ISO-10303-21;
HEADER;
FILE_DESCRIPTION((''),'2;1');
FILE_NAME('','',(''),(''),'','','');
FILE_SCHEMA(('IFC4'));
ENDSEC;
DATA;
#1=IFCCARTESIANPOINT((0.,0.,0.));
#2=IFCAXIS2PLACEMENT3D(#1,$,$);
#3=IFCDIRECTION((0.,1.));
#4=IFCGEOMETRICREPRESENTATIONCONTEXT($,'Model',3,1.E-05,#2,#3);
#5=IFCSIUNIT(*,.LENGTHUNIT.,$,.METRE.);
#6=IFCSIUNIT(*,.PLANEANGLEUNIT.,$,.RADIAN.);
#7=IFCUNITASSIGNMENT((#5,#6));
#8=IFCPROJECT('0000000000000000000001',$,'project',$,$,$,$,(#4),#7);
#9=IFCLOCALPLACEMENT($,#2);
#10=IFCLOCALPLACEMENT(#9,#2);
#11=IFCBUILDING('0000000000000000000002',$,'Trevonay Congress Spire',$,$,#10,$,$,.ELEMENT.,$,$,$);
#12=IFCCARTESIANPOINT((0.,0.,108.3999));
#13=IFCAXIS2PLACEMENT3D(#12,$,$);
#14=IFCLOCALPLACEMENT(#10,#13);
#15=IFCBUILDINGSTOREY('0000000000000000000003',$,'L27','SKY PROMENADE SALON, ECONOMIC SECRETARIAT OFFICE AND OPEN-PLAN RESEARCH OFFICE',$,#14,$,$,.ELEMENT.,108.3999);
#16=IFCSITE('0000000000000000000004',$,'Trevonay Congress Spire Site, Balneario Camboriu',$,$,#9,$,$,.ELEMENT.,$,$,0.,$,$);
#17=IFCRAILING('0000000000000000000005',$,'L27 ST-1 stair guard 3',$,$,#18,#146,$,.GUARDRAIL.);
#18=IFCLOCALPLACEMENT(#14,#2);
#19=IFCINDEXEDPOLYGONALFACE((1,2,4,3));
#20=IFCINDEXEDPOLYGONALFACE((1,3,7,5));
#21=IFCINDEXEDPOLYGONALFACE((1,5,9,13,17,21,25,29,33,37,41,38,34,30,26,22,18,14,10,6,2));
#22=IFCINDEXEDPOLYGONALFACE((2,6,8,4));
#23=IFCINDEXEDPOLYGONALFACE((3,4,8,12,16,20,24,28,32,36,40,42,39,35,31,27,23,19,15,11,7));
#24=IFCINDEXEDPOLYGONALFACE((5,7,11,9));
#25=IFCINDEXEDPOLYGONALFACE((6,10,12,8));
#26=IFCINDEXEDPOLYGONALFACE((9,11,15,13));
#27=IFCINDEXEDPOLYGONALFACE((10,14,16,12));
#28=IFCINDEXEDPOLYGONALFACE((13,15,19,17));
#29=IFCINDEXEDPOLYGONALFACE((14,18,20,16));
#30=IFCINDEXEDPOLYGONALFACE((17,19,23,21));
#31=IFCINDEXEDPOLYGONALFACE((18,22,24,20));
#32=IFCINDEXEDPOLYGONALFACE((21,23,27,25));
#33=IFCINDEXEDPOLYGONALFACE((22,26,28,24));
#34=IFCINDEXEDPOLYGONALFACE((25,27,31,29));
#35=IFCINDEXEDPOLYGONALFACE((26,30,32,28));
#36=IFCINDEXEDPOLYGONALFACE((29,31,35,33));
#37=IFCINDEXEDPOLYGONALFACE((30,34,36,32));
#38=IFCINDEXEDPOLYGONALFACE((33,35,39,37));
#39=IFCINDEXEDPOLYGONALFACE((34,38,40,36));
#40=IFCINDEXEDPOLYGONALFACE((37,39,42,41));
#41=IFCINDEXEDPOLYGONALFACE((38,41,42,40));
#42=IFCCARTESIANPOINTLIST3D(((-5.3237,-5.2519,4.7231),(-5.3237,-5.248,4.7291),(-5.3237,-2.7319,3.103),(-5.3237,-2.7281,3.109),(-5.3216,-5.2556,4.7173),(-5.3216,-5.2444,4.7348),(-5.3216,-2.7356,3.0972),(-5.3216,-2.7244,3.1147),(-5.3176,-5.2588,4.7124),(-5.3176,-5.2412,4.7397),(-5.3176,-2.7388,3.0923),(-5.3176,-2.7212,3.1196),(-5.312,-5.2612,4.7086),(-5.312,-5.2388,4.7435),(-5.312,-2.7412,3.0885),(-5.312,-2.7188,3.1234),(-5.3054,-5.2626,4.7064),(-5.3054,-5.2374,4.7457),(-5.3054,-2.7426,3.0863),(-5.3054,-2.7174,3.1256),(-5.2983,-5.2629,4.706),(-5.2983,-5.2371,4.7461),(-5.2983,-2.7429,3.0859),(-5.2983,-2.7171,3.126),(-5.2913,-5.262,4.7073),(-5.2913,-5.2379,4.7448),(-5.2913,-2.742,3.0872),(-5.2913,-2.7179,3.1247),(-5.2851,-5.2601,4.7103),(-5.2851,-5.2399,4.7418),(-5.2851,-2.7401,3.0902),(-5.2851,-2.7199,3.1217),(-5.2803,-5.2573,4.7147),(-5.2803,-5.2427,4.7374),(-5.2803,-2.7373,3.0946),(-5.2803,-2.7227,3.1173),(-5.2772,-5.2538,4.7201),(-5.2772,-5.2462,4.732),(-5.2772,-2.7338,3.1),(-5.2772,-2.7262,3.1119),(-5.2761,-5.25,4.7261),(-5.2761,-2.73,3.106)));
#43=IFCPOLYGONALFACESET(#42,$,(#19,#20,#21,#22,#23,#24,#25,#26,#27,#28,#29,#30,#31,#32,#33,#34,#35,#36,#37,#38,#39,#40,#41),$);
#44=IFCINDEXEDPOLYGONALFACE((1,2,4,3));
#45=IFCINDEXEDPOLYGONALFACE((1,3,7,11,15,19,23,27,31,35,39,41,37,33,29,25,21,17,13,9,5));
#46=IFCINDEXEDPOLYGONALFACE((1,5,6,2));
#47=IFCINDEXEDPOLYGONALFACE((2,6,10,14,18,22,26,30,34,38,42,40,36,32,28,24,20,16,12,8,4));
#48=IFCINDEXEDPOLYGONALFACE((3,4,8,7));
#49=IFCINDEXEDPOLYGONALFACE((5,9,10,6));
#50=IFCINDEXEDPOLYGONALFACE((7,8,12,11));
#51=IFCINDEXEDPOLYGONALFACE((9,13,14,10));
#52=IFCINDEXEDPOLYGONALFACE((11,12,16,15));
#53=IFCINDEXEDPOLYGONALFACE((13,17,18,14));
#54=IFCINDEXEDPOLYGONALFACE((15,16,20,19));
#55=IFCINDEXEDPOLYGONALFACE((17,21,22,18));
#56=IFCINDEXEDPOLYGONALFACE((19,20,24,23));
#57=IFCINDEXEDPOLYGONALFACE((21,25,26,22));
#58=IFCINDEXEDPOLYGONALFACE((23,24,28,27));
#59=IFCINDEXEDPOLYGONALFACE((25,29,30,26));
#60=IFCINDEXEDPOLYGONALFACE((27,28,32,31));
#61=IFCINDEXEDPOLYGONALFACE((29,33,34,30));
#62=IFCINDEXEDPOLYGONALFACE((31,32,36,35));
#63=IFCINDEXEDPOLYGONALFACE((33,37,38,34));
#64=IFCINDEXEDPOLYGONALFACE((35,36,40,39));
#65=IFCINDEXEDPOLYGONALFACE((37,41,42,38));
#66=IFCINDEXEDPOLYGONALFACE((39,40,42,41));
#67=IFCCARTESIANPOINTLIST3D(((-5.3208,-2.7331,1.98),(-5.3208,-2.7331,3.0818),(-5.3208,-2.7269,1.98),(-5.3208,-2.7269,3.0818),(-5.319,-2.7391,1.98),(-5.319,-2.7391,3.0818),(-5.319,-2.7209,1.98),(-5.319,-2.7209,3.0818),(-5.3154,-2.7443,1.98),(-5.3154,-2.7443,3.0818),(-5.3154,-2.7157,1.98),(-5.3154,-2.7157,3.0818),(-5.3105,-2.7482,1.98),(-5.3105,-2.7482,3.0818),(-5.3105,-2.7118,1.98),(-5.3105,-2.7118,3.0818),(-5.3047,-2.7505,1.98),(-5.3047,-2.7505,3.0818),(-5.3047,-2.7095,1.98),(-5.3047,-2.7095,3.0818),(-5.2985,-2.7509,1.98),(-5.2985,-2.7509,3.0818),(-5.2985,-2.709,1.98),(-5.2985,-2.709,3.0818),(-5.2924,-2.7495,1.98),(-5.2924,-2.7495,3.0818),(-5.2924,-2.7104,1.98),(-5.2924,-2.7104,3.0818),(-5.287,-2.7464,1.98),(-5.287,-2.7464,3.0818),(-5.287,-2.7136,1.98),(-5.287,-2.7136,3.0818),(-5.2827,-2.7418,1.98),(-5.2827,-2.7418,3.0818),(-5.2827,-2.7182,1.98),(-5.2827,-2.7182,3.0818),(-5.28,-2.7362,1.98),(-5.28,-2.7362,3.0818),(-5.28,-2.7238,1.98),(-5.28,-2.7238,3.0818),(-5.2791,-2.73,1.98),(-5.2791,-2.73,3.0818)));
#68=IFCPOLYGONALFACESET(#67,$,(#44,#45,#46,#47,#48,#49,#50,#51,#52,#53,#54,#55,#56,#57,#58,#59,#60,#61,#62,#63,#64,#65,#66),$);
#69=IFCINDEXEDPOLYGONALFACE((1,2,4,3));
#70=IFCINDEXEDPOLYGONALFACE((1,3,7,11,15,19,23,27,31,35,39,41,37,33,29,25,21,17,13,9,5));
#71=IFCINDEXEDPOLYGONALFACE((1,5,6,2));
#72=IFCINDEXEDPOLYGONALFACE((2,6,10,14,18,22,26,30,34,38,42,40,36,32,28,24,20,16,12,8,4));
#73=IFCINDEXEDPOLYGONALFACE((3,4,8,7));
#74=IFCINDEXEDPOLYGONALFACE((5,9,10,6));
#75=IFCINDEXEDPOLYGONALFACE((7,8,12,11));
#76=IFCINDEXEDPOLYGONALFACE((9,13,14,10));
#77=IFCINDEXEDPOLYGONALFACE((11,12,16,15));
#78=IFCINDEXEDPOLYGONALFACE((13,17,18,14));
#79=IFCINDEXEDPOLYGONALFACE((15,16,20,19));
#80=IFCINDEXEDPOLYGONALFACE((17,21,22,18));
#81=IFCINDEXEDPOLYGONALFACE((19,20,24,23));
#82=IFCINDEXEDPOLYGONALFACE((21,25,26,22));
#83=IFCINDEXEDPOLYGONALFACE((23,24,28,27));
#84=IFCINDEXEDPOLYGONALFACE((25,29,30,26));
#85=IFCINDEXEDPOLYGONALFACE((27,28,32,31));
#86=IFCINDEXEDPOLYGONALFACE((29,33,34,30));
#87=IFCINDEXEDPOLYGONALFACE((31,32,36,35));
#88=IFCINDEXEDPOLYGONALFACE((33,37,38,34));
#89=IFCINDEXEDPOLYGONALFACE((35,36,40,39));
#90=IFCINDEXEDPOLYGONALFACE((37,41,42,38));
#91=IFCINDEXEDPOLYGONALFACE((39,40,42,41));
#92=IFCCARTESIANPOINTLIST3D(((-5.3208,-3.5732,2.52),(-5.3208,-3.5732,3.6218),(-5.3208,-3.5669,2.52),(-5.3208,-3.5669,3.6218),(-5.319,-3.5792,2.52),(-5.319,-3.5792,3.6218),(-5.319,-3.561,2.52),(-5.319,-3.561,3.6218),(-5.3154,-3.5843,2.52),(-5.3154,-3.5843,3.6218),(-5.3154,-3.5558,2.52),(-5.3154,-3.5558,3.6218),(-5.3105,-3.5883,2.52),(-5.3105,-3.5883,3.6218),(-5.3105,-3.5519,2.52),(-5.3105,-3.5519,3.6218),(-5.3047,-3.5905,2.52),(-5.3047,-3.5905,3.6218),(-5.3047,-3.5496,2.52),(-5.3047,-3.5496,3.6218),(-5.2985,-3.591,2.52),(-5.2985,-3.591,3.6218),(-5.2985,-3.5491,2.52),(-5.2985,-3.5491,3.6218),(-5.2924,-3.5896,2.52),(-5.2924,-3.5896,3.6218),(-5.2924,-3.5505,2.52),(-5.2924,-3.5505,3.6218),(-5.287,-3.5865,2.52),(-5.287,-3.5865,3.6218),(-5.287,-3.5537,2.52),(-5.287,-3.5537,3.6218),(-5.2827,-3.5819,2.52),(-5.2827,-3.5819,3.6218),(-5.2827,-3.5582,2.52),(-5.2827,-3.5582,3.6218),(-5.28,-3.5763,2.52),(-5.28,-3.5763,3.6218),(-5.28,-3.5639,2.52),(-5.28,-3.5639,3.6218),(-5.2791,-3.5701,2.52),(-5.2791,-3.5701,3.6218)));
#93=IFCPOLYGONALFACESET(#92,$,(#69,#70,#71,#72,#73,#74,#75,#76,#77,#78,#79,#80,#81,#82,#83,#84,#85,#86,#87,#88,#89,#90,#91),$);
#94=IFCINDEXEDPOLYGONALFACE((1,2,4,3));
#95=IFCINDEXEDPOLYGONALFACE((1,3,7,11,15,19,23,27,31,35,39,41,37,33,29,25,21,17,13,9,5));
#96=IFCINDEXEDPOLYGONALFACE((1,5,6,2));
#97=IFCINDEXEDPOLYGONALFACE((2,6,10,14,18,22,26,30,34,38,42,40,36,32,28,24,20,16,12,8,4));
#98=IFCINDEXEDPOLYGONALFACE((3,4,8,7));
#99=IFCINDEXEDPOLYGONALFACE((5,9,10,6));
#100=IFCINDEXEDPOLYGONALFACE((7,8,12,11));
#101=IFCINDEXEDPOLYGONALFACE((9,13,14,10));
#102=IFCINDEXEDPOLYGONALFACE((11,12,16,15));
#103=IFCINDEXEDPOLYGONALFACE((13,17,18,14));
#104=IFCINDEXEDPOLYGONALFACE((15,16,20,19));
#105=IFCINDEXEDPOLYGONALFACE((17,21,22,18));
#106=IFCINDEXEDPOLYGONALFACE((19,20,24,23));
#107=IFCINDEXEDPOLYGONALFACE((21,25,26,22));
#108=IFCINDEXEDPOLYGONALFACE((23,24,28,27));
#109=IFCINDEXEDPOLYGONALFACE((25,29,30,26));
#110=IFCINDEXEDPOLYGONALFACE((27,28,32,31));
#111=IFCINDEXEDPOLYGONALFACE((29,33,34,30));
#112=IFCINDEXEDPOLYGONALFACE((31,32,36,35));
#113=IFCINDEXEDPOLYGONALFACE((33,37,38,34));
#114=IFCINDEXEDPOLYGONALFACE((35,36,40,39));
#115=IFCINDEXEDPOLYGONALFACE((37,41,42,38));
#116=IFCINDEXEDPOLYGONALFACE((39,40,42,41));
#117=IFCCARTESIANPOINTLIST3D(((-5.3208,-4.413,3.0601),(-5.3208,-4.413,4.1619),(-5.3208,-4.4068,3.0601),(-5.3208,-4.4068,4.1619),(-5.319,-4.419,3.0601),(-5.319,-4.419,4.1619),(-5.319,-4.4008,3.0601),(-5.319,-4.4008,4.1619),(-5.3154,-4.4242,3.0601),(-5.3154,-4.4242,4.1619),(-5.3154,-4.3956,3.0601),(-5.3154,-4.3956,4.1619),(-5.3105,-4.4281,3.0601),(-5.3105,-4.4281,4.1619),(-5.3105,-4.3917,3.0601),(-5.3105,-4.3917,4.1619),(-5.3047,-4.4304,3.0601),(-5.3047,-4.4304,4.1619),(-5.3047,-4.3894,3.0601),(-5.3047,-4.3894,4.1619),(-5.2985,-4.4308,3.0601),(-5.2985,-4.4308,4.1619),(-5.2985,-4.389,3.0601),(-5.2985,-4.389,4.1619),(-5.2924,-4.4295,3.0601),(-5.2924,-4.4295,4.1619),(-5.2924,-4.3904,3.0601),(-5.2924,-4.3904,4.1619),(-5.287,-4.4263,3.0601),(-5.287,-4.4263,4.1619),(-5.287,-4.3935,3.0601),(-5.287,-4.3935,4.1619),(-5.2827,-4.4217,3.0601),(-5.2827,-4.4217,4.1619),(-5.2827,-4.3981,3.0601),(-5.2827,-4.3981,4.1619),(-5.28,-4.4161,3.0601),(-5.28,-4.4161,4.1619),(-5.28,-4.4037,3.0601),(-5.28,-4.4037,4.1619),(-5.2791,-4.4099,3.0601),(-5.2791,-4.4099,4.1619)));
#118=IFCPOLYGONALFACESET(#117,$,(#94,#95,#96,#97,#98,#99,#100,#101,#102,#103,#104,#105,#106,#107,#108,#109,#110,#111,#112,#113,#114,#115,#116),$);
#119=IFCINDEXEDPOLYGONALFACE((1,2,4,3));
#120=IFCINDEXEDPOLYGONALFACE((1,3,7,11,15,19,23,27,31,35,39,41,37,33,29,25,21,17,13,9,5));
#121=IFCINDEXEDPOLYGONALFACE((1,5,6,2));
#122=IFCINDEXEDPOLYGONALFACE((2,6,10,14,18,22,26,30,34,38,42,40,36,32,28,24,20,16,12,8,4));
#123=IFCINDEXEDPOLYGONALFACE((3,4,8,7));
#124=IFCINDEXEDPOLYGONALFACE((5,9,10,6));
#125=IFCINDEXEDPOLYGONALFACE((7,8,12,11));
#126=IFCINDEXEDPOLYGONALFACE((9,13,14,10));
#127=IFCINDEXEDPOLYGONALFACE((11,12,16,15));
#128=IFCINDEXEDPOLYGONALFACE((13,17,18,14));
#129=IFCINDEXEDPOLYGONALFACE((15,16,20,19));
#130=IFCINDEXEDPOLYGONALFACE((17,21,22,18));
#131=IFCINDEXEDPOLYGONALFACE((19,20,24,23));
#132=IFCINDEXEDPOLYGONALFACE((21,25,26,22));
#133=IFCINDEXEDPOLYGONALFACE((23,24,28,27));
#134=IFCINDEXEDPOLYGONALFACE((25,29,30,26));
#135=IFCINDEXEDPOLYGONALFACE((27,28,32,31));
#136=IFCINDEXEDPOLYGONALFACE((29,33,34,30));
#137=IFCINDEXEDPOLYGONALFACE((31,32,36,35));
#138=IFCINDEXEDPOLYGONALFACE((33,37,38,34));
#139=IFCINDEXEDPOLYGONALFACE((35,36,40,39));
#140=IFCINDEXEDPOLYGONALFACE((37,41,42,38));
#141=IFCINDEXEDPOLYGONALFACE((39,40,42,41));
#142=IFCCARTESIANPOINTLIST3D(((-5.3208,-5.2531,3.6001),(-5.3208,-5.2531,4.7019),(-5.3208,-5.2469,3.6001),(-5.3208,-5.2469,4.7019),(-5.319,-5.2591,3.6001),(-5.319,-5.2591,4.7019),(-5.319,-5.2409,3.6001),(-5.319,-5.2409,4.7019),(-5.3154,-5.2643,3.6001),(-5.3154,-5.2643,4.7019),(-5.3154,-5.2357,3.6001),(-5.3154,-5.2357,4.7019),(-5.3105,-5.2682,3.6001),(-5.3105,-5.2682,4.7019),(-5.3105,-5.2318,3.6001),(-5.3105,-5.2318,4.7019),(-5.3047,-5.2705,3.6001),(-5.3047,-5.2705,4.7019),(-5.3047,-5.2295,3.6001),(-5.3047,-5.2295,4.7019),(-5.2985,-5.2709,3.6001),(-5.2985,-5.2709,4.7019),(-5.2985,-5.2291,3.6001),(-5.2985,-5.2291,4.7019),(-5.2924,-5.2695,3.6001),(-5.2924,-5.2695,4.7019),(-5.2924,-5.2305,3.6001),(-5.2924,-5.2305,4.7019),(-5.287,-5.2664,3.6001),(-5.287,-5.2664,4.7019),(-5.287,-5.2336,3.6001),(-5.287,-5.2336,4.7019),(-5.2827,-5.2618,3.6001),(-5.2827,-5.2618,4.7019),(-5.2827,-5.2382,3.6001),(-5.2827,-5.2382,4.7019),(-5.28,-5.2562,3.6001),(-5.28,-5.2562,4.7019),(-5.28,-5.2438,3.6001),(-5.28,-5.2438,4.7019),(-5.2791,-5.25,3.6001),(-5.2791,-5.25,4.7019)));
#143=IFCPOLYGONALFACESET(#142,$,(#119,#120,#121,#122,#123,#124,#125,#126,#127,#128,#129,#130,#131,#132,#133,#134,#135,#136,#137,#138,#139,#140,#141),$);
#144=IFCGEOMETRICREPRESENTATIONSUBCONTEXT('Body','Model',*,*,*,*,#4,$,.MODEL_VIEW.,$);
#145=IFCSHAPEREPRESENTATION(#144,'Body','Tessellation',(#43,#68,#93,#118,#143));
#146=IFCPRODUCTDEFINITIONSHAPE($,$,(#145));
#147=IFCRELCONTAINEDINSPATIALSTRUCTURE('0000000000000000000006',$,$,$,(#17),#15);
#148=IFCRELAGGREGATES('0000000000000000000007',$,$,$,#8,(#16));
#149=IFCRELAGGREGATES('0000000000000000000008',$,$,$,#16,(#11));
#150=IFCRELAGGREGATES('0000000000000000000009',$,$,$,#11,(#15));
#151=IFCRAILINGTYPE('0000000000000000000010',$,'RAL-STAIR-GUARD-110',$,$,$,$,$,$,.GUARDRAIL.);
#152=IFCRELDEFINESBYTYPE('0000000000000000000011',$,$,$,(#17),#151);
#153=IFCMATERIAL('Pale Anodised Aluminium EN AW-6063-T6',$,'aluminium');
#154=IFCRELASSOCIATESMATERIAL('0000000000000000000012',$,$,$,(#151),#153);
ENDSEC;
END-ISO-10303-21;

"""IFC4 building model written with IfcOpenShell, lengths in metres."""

from ifc_helpers import new_model, si_unit, direction, frame, origin, origin_2d, place, context, subcontext, project, spatial, circle, extrude, material, type_object, element, save


model = new_model("IFC4")

# Units and contexts
model_context = context("Model", 3, precision=1e-05, world=origin(), true_north=direction((0.0, 1.0)))
body_context = subcontext(model_context, "Body", "Model", "MODEL_VIEW")
ifc_project = project(units=[si_unit("LENGTHUNIT", "METRE"), si_unit("PLANEANGLEUNIT", "RADIAN")], contexts=[model_context])

# Site, building, storey
site_placement = place(None, origin())
site = spatial("IfcSite", under=ifc_project, at=site_placement, Name="Trevonay Congress Spire Site, Balneario Camboriu", CompositionType="ELEMENT", RefElevation=0.0)
building_placement = place(site_placement, origin())
building = spatial("IfcBuilding", under=site, at=building_placement, Name="Trevonay Congress Spire", CompositionType="ELEMENT")
storey_placement = place(building_placement, frame((0.0, 0.0, 108.3999)))
storey = spatial("IfcBuildingStorey", under=building, at=storey_placement, Name="L27", Description="SKY PROMENADE SALON, ECONOMIC SECRETARIAT OFFICE AND OPEN-PLAN RESEARCH OFFICE", CompositionType="ELEMENT", Elevation=108.3999)

# Shared definitions
ifc_material_1 = material(Name="Pale Anodised Aluminium EN AW-6063-T6", Category="aluminium")

# Railing
railing_type_1 = type_object("IfcRailingType", Name="RAL-STAIR-GUARD-110", PredefinedType="GUARDRAIL", material=ifc_material_1)
railing_1_placement = place(storey_placement, frame((-5.3, -2.73, 1.98)))
element("IfcRailing", 1, at=railing_1_placement, inside=storey, type_object=railing_type_1, Name="L27 ST-1 stair guard 3", PredefinedType="GUARDRAIL", context=body_context, shape_type="SweptSolid", body=[
    extrude(circle(Radius=0.0239, at=origin_2d()), frame((0.0, 0.0, 1.126), z_axis=(0.0, -0.841163, 0.540782), x_axis=(1.0, 0.0, 0.0)), (0.0, 0.0, 1.0), 2.9958),
    extrude(circle(Radius=0.021, at=origin_2d()), origin(), (0.0, 0.0, 1.0), 1.1018),
    extrude(circle(Radius=0.021, at=origin_2d()), frame((0.0, -0.8401, 0.54)), (0.0, 0.0, 1.0), 1.1018),
    extrude(circle(Radius=0.021, at=origin_2d()), frame((0.0, -1.6799, 1.0801)), (0.0, 0.0, 1.0), 1.1018),
    extrude(circle(Radius=0.021, at=origin_2d()), frame((0.0, -2.52, 1.6201)), (0.0, 0.0, 1.0), 1.1018),
])

save(model, "model.ifc")
